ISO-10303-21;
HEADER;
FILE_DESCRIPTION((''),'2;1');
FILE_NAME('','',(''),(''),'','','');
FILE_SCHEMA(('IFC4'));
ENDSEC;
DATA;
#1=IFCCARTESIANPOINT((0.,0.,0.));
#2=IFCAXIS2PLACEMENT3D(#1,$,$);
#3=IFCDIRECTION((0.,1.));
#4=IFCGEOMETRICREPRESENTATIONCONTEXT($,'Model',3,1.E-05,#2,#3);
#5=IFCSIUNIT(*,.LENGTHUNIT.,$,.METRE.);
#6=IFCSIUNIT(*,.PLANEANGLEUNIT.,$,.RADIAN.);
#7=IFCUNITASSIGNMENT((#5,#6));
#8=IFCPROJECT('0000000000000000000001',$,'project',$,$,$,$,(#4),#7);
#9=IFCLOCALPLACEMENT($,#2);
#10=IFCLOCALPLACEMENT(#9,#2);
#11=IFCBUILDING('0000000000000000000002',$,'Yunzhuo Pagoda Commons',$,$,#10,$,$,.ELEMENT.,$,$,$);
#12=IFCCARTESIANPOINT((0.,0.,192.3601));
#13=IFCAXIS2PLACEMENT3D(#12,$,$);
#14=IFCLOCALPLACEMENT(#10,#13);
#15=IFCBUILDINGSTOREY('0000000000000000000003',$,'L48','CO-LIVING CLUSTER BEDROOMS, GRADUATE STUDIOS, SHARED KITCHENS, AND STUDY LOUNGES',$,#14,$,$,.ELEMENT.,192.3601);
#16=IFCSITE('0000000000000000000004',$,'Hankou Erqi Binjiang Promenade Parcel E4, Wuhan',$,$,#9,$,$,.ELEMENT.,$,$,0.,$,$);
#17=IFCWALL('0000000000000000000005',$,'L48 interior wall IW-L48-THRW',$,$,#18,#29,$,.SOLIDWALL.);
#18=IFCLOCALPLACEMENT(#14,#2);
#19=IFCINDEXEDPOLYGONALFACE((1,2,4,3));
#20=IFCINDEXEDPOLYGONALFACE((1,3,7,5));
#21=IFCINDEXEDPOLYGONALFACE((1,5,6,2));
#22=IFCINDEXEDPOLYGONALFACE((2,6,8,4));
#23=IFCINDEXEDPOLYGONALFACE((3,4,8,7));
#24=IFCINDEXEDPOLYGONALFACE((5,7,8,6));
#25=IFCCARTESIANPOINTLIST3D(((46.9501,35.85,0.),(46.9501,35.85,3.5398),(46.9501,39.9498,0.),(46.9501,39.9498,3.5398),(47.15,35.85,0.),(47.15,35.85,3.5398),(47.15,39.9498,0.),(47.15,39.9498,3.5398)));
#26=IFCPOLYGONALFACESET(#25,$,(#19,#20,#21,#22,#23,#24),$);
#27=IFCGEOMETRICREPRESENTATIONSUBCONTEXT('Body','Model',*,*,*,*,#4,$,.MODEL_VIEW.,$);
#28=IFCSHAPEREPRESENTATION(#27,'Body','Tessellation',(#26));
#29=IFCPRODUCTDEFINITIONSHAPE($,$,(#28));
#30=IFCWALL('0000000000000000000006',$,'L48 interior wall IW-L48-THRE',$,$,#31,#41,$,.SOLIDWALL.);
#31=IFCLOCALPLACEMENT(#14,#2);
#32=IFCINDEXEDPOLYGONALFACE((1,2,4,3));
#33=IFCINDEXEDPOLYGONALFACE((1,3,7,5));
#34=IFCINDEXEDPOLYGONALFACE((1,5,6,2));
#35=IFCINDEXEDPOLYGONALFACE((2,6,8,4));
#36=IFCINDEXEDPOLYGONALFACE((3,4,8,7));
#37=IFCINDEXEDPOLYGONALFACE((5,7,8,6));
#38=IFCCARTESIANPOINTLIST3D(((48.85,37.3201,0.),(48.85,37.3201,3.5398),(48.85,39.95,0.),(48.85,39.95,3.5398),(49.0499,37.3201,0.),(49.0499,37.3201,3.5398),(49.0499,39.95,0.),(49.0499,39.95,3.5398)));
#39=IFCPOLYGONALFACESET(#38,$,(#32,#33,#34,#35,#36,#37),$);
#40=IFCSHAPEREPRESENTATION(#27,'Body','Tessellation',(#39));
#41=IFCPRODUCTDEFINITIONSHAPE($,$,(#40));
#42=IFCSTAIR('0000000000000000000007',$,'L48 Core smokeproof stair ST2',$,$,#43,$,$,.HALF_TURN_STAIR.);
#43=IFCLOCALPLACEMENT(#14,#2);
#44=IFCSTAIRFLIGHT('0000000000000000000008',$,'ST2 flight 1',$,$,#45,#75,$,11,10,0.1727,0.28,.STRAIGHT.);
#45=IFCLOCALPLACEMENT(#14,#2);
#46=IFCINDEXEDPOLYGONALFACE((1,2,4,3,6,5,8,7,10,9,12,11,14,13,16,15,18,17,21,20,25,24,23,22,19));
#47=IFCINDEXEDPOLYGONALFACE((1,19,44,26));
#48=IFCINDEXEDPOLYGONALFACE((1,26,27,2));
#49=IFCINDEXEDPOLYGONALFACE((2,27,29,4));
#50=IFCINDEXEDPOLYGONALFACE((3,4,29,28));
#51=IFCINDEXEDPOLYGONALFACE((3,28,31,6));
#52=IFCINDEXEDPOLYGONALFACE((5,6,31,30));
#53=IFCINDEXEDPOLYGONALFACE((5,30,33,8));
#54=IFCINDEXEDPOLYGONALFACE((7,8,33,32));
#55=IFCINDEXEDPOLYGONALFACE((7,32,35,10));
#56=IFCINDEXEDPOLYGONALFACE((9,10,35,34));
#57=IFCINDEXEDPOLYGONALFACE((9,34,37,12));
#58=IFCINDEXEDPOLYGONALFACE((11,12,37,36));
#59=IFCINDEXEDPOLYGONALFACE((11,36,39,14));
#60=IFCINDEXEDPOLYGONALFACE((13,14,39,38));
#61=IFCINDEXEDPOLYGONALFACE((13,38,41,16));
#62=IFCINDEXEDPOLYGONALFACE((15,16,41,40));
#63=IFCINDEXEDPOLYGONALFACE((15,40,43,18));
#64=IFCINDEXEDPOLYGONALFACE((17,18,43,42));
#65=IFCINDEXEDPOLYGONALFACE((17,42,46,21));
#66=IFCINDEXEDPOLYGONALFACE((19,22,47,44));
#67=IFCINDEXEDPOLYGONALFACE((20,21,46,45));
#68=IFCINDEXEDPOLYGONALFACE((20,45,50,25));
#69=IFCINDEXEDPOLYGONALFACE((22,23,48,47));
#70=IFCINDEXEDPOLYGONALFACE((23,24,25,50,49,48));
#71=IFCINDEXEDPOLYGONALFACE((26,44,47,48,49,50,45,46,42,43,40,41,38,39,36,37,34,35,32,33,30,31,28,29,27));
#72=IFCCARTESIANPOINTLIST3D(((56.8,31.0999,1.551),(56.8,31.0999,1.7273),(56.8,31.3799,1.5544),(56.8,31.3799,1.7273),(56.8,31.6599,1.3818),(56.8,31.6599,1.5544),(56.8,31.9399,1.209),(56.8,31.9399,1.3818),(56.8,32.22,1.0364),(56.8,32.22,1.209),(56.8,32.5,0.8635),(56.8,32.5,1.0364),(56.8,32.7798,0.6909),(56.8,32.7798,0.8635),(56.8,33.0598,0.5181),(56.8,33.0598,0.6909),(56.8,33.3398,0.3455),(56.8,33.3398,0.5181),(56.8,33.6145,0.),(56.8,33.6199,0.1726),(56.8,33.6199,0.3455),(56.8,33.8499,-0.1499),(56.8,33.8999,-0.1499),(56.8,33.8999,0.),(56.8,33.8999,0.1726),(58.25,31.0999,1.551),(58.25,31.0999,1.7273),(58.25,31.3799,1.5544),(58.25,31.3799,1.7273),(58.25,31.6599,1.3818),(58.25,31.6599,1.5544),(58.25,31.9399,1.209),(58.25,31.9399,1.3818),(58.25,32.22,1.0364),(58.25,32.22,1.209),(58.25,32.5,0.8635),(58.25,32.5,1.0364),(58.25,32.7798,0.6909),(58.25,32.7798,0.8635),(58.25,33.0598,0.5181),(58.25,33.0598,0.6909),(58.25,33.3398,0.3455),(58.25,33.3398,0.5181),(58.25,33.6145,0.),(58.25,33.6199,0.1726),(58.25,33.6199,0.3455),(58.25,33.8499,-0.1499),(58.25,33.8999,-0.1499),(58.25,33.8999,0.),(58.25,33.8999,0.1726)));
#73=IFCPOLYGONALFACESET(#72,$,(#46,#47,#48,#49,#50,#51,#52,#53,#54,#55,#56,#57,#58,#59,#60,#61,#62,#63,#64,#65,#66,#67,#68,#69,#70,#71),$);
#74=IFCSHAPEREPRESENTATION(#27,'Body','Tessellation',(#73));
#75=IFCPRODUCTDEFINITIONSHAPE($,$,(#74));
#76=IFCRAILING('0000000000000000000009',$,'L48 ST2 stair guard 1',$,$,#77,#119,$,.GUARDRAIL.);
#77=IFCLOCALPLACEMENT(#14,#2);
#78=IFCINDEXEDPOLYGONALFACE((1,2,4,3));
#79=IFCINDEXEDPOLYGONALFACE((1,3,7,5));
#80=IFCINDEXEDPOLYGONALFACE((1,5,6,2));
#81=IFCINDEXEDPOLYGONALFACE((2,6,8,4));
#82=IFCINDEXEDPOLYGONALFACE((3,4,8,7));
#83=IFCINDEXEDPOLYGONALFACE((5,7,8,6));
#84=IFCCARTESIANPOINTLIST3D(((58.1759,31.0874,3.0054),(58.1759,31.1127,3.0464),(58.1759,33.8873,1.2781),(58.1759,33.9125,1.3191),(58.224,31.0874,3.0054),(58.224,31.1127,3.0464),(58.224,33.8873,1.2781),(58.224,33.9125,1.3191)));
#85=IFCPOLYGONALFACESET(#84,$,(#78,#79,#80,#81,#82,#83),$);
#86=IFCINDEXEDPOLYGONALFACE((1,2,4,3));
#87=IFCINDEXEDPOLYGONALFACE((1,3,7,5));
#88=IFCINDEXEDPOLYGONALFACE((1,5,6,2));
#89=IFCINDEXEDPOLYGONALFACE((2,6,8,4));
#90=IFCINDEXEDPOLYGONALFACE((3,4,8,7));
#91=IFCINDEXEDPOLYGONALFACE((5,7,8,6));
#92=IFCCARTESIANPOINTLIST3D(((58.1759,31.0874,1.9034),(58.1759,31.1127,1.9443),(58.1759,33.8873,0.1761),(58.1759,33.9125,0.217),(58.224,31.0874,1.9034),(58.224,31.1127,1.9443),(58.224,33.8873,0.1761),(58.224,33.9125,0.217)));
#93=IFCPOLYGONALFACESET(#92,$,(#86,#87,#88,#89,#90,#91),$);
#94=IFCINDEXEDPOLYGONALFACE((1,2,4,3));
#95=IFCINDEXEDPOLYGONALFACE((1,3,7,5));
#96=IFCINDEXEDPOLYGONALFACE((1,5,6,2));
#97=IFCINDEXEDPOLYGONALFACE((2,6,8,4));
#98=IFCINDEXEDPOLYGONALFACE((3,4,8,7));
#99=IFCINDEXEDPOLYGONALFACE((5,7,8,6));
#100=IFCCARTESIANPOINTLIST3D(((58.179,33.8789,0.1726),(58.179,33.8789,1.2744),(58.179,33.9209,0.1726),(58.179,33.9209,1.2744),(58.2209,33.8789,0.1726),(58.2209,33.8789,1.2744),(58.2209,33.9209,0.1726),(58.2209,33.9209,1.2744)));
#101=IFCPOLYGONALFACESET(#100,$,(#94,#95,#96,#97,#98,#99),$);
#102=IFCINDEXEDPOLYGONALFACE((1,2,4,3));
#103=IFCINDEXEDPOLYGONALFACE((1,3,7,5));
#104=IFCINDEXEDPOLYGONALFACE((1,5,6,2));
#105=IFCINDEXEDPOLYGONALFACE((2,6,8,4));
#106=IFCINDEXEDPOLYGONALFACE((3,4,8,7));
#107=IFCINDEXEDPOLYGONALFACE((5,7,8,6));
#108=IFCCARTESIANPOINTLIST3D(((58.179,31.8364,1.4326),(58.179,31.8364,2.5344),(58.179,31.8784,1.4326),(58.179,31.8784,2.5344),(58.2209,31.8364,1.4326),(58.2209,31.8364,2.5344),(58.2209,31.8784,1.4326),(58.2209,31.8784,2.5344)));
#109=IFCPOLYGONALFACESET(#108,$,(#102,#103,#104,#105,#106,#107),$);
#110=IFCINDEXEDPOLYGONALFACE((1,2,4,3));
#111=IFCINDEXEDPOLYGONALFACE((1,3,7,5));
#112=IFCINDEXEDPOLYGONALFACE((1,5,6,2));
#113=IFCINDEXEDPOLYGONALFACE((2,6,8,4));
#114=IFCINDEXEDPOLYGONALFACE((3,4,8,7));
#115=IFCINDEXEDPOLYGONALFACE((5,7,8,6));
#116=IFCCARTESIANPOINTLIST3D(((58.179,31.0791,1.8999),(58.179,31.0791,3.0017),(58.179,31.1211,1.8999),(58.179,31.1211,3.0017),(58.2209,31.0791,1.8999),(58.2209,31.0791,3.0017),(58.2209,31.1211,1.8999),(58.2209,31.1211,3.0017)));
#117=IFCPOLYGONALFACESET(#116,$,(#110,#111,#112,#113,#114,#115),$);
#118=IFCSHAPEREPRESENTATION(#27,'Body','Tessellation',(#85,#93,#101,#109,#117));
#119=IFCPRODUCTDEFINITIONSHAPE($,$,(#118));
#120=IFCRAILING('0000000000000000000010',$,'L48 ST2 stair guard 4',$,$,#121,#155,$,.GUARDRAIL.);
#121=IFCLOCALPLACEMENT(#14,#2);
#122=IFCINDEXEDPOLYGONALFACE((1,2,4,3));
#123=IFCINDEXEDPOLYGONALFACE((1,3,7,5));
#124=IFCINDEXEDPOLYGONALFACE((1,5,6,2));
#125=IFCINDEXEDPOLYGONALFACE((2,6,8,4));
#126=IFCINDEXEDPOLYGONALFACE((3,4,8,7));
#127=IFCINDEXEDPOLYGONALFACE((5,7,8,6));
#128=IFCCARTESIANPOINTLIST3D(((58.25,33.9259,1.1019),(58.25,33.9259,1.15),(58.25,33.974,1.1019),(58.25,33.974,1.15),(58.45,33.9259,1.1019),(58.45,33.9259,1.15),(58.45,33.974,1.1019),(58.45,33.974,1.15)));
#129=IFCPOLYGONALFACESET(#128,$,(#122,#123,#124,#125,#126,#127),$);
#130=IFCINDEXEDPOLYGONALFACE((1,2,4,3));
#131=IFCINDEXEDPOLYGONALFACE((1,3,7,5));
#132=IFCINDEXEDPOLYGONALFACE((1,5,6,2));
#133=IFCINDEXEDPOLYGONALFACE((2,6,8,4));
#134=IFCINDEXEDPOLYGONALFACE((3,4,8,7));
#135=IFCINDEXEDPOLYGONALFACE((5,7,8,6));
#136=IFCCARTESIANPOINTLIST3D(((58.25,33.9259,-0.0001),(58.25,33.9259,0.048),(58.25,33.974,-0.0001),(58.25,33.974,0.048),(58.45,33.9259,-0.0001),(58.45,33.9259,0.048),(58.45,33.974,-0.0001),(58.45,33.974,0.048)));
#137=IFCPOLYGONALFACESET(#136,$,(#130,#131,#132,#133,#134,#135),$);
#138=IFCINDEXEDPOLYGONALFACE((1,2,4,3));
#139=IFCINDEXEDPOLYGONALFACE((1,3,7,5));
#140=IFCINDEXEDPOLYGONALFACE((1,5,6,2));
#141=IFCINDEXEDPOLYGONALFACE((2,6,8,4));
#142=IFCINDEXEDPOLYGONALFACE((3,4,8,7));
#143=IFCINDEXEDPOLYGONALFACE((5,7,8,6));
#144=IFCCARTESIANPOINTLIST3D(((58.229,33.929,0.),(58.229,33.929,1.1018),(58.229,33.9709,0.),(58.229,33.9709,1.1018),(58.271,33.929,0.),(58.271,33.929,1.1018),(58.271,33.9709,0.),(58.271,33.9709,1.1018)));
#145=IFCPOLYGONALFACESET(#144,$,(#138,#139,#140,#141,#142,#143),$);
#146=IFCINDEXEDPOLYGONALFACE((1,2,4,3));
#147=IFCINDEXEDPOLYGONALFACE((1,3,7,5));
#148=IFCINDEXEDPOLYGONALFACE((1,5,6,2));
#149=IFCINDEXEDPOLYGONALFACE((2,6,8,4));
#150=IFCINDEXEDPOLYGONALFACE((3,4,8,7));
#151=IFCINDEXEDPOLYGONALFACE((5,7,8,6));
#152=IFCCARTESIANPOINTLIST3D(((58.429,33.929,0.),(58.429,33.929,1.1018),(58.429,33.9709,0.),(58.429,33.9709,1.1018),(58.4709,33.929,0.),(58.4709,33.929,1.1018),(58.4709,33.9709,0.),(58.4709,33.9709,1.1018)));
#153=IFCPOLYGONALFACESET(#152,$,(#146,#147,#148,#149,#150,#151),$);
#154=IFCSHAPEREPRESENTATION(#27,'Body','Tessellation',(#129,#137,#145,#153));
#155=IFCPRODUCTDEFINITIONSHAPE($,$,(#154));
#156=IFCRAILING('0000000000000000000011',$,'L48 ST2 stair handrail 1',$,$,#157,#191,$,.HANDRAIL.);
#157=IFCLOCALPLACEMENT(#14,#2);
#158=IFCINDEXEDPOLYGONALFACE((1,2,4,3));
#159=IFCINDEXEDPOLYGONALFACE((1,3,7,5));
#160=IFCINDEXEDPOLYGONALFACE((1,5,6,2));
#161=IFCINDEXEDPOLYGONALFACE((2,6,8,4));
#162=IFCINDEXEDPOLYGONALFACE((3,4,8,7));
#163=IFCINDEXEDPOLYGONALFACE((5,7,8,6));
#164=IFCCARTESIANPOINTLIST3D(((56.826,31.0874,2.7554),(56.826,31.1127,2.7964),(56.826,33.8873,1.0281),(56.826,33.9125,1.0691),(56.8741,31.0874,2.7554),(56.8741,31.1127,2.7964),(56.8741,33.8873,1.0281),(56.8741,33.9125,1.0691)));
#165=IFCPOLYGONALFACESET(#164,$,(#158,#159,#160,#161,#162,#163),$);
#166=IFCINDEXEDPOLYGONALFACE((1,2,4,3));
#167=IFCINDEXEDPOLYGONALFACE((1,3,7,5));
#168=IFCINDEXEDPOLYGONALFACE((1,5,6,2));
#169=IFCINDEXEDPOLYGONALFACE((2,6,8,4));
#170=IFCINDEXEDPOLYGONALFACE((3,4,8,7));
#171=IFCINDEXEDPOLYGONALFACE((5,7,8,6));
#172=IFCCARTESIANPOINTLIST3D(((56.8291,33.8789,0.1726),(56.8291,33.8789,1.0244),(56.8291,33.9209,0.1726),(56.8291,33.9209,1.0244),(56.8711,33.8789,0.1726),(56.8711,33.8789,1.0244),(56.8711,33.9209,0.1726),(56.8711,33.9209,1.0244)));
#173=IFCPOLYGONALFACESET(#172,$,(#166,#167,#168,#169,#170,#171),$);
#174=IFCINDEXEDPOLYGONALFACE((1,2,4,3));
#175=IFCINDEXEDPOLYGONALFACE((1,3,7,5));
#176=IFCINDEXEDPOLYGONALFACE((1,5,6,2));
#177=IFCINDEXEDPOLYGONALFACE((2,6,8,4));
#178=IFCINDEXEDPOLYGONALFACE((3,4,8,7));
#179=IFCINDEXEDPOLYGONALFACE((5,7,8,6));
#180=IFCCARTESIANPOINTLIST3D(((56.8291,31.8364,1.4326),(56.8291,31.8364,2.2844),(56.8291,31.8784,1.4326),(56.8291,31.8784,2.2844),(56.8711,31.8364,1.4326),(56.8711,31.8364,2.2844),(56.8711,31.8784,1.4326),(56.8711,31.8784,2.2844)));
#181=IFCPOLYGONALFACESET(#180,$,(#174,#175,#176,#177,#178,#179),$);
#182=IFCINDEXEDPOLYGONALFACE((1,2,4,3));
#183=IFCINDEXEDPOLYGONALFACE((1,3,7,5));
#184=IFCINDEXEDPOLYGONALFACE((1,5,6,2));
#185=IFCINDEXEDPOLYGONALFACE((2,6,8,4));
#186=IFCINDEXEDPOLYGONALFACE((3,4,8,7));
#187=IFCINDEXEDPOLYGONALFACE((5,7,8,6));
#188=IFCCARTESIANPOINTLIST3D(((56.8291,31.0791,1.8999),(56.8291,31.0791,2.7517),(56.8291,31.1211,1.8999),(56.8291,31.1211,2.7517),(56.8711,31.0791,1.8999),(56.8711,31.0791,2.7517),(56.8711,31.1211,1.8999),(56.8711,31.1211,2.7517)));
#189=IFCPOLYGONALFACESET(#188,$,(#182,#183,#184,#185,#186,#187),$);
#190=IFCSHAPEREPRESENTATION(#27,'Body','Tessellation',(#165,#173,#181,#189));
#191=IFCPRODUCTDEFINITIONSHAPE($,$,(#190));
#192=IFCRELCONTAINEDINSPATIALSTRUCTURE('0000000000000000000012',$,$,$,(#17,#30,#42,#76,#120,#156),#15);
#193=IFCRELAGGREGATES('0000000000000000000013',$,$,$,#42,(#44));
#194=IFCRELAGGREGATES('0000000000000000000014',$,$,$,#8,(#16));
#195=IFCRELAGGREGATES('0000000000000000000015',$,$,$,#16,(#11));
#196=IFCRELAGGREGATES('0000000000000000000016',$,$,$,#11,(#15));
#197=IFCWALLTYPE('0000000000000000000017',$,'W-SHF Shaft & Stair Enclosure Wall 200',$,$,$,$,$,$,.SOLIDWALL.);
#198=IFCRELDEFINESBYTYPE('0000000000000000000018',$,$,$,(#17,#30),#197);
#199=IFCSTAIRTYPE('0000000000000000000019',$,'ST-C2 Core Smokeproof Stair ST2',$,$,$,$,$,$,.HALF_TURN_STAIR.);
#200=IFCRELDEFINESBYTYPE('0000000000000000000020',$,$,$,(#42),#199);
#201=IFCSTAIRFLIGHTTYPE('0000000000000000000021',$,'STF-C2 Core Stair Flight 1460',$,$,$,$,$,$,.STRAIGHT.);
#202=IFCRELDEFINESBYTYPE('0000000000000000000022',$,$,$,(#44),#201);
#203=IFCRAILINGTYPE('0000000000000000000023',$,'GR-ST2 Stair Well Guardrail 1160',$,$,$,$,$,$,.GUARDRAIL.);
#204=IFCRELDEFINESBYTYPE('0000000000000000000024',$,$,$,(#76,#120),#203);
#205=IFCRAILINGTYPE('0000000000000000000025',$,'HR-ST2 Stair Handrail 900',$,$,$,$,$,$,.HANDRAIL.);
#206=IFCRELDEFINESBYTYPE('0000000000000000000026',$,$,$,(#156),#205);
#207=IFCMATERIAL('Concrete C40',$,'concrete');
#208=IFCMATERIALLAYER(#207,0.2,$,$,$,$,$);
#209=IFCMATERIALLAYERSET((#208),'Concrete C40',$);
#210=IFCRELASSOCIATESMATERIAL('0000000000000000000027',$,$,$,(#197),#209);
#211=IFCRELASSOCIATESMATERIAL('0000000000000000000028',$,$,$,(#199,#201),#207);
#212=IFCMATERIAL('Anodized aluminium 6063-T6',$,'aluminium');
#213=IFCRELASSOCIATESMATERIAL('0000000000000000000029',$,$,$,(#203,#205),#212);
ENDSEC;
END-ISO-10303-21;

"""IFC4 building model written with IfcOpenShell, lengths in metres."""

from ifc_helpers import new_model, si_unit, direction, frame, frame_2d, origin, origin_2d, place, context, subcontext, project, spatial, polyline, rectangle, outline, extrude, source, transform, mapped, material, layer, layer_set, type_object, element, aggregate, save


model = new_model("IFC4")

# Units and contexts
model_context = context("Model", 3, precision=1e-05, world=origin(), true_north=direction((0.0, 1.0)))
body_context = subcontext(model_context, "Body", "Model", "MODEL_VIEW")
ifc_project = project(units=[si_unit("LENGTHUNIT", "METRE"), si_unit("PLANEANGLEUNIT", "RADIAN")], contexts=[model_context])

# Site, building, storey
site_placement = place(None, origin())
site = spatial("IfcSite", under=ifc_project, at=site_placement, Name="Hankou Erqi Binjiang Promenade Parcel E4, Wuhan", CompositionType="ELEMENT", RefElevation=0.0)
building_placement = place(site_placement, origin())
building = spatial("IfcBuilding", under=site, at=building_placement, Name="Yunzhuo Pagoda Commons", CompositionType="ELEMENT")
storey_placement = place(building_placement, frame((0.0, 0.0, 192.3601)))
storey = spatial("IfcBuildingStorey", under=building, at=storey_placement, Name="L48", Description="CO-LIVING CLUSTER BEDROOMS, GRADUATE STUDIOS, SHARED KITCHENS, AND STUDY LOUNGES", CompositionType="ELEMENT", Elevation=192.3601)

# Shared definitions
ifc_material_1 = material(Name="Concrete C40", Category="concrete")
ifc_layer_1 = layer(ifc_material_1, 0.2)
ifc_layer_set_1 = layer_set([ifc_layer_1], Name="Concrete C40")
wall_type_1 = type_object("IfcWallType", Name="W-SHF Shaft & Stair Enclosure Wall 200", PredefinedType="SOLIDWALL", material=ifc_layer_set_1)

# Walls
wall_1_placement = place(storey_placement, frame((47.05, 35.8501, 0.0), z_axis=(0.0, 0.0, 1.0), x_axis=(0.0, 1.0, 0.0)))
element("IfcWall", 1, at=wall_1_placement, inside=storey, type_object=wall_type_1, Name="L48 interior wall IW-L48-THRW", PredefinedType="SOLIDWALL", context=body_context, shape_type="SweptSolid", body=[
    extrude(rectangle(XDim=4.0999, YDim=0.2, at=frame_2d((2.0498, 0.0))), origin(), (0.0, 0.0, 1.0), 3.5398),
])
wall_2_placement = place(storey_placement, frame((48.95, 37.3201, 0.0), z_axis=(0.0, 0.0, 1.0), x_axis=(0.0, 1.0, 0.0)))
element("IfcWall", 2, at=wall_2_placement, inside=storey, type_object=wall_type_1, Name="L48 interior wall IW-L48-THRE", PredefinedType="SOLIDWALL", context=body_context, shape_type="SweptSolid", body=[
    extrude(rectangle(XDim=2.6299, YDim=0.2, at=frame_2d((1.3149, 0.0))), origin(), (0.0, 0.0, 1.0), 3.5398),
])

# Stair, stair flight
stair_type = type_object("IfcStairType", Name="ST-C2 Core Smokeproof Stair ST2", PredefinedType="HALF_TURN_STAIR", material=ifc_material_1)
stair_placement = place(storey_placement, origin())
stair = element("IfcStair", 3, at=stair_placement, inside=storey, type_object=stair_type, Name="L48 Core smokeproof stair ST2", PredefinedType="HALF_TURN_STAIR")
stair_flight_type = type_object("IfcStairFlightType", Name="STF-C2 Core Stair Flight 1460", PredefinedType="STRAIGHT", material=ifc_material_1)
shared_shape_1 = source(origin(), body_context, "Body", "SweptSolid", [
    extrude(outline(polyline([(0.0, -0.1499), (0.0, 0.0), (0.0, 0.1726), (0.28, 0.1726), (0.28, 0.3455), (0.5601, 0.3455), (0.5601, 0.5181), (0.8401, 0.5181), (0.8401, 0.6909), (1.1201, 0.6909), (1.1201, 0.8635), (1.3999, 0.8635), (1.3999, 1.0364), (1.6799, 1.0364), (1.6799, 1.209), (1.96, 1.209), (1.96, 1.3818), (2.24, 1.3818), (2.24, 1.5544), (2.52, 1.5544), (2.52, 1.7273), (2.8, 1.7273), (2.8, 1.8999), (2.8, 1.551), (0.2854, 0.0), (0.05, -0.1499), (0.0, -0.1499)])), frame((0.0, 0.7251, 0.0), z_axis=(0.0, -1.0, 0.0), x_axis=(1.0, 0.0, 0.0)), (0.0, 0.0, 1.0), 1.45),
])
stair_flight_placement = place(storey_placement, frame((57.5249, 33.8999, 0.0), z_axis=(0.0, 0.0, 1.0), x_axis=(0.0, -1.0, 0.0)))
stair_flight = element("IfcStairFlight", 4, at=stair_flight_placement, type_object=stair_flight_type, Name="ST2 flight 1", NumberOfRisers=11, NumberOfTreads=10, PredefinedType="STRAIGHT", RiserHeight=0.1727, TreadLength=0.28, context=body_context, shape_type="MappedRepresentation", body=[
    mapped(shared_shape_1, transform((0.0, 0.0, 0.0), scale=1.0)),
])
aggregate(stair, [stair_flight])

# Railings
ifc_material_2 = material(Name="Anodized aluminium 6063-T6", Category="aluminium")
railing_type_1 = type_object("IfcRailingType", Name="GR-ST2 Stair Well Guardrail 1160", PredefinedType="GUARDRAIL", material=ifc_material_2)
railing_1_placement = place(storey_placement, frame((58.2, 33.8999, 0.1726)))
element("IfcRailing", 5, at=railing_1_placement, inside=storey, type_object=railing_type_1, Name="L48 ST2 stair guard 1", PredefinedType="GUARDRAIL", context=body_context, shape_type="SweptSolid", body=[
    extrude(rectangle(XDim=0.0481, YDim=0.0481, at=origin_2d()), frame((0.0, 0.0, 1.126), z_axis=(0.0, -0.851069, 0.525054), x_axis=(1.0, 0.0, 0.0)), (0.0, 0.0, 1.0), 3.2898),
    extrude(rectangle(XDim=0.0481, YDim=0.0481, at=origin_2d()), frame((0.0, 0.0, 0.0239), z_axis=(0.0, -0.851069, 0.525054), x_axis=(1.0, 0.0, 0.0)), (0.0, 0.0, 1.0), 3.2898),
    extrude(rectangle(XDim=0.042, YDim=0.042, at=origin_2d()), origin(), (0.0, 0.0, 1.0), 1.1018),
    extrude(rectangle(XDim=0.042, YDim=0.042, at=origin_2d()), frame((0.0, -2.0425, 1.26)), (0.0, 0.0, 1.0), 1.1018),
    extrude(rectangle(XDim=0.042, YDim=0.042, at=origin_2d()), frame((0.0, -2.7998, 1.7273)), (0.0, 0.0, 1.0), 1.1018),
])
railing_2_placement = place(storey_placement, frame((58.25, 33.95, 0.0)))
element("IfcRailing", 6, at=railing_2_placement, inside=storey, type_object=railing_type_1, Name="L48 ST2 stair guard 4", PredefinedType="GUARDRAIL", context=body_context, shape_type="SweptSolid", body=[
    extrude(rectangle(XDim=0.0481, YDim=0.0481, at=origin_2d()), frame((0.0, 0.0, 1.126), z_axis=(1.0, 0.0, 0.0), x_axis=(0.0, 1.0, 0.0)), (0.0, 0.0, 1.0), 0.2),
    extrude(rectangle(XDim=0.0481, YDim=0.0481, at=origin_2d()), frame((0.0, 0.0, 0.0239), z_axis=(1.0, 0.0, 0.0), x_axis=(0.0, 1.0, 0.0)), (0.0, 0.0, 1.0), 0.2),
    extrude(rectangle(XDim=0.042, YDim=0.042, at=origin_2d()), origin(), (0.0, 0.0, 1.0), 1.1018),
    extrude(rectangle(XDim=0.042, YDim=0.042, at=origin_2d()), frame((0.2, 0.0, 0.0)), (0.0, 0.0, 1.0), 1.1018),
])
railing_type_2 = type_object("IfcRailingType", Name="HR-ST2 Stair Handrail 900", PredefinedType="HANDRAIL", material=ifc_material_2)
railing_3_placement = place(storey_placement, frame((56.8501, 33.8999, 0.1726)))
element("IfcRailing", 7, at=railing_3_placement, inside=storey, type_object=railing_type_2, Name="L48 ST2 stair handrail 1", PredefinedType="HANDRAIL", context=body_context, shape_type="SweptSolid", body=[
    extrude(rectangle(XDim=0.0481, YDim=0.0481, at=origin_2d()), frame((0.0, 0.0, 0.876), z_axis=(0.0, -0.851069, 0.525054), x_axis=(1.0, 0.0, 0.0)), (0.0, 0.0, 1.0), 3.2898),
    extrude(rectangle(XDim=0.042, YDim=0.042, at=origin_2d()), origin(), (0.0, 0.0, 1.0), 0.8518),
    extrude(rectangle(XDim=0.042, YDim=0.042, at=origin_2d()), frame((0.0, -2.0425, 1.26)), (0.0, 0.0, 1.0), 0.8518),
    extrude(rectangle(XDim=0.042, YDim=0.042, at=origin_2d()), frame((0.0, -2.7998, 1.7273)), (0.0, 0.0, 1.0), 0.8518),
])

save(model, "model.ifc")
